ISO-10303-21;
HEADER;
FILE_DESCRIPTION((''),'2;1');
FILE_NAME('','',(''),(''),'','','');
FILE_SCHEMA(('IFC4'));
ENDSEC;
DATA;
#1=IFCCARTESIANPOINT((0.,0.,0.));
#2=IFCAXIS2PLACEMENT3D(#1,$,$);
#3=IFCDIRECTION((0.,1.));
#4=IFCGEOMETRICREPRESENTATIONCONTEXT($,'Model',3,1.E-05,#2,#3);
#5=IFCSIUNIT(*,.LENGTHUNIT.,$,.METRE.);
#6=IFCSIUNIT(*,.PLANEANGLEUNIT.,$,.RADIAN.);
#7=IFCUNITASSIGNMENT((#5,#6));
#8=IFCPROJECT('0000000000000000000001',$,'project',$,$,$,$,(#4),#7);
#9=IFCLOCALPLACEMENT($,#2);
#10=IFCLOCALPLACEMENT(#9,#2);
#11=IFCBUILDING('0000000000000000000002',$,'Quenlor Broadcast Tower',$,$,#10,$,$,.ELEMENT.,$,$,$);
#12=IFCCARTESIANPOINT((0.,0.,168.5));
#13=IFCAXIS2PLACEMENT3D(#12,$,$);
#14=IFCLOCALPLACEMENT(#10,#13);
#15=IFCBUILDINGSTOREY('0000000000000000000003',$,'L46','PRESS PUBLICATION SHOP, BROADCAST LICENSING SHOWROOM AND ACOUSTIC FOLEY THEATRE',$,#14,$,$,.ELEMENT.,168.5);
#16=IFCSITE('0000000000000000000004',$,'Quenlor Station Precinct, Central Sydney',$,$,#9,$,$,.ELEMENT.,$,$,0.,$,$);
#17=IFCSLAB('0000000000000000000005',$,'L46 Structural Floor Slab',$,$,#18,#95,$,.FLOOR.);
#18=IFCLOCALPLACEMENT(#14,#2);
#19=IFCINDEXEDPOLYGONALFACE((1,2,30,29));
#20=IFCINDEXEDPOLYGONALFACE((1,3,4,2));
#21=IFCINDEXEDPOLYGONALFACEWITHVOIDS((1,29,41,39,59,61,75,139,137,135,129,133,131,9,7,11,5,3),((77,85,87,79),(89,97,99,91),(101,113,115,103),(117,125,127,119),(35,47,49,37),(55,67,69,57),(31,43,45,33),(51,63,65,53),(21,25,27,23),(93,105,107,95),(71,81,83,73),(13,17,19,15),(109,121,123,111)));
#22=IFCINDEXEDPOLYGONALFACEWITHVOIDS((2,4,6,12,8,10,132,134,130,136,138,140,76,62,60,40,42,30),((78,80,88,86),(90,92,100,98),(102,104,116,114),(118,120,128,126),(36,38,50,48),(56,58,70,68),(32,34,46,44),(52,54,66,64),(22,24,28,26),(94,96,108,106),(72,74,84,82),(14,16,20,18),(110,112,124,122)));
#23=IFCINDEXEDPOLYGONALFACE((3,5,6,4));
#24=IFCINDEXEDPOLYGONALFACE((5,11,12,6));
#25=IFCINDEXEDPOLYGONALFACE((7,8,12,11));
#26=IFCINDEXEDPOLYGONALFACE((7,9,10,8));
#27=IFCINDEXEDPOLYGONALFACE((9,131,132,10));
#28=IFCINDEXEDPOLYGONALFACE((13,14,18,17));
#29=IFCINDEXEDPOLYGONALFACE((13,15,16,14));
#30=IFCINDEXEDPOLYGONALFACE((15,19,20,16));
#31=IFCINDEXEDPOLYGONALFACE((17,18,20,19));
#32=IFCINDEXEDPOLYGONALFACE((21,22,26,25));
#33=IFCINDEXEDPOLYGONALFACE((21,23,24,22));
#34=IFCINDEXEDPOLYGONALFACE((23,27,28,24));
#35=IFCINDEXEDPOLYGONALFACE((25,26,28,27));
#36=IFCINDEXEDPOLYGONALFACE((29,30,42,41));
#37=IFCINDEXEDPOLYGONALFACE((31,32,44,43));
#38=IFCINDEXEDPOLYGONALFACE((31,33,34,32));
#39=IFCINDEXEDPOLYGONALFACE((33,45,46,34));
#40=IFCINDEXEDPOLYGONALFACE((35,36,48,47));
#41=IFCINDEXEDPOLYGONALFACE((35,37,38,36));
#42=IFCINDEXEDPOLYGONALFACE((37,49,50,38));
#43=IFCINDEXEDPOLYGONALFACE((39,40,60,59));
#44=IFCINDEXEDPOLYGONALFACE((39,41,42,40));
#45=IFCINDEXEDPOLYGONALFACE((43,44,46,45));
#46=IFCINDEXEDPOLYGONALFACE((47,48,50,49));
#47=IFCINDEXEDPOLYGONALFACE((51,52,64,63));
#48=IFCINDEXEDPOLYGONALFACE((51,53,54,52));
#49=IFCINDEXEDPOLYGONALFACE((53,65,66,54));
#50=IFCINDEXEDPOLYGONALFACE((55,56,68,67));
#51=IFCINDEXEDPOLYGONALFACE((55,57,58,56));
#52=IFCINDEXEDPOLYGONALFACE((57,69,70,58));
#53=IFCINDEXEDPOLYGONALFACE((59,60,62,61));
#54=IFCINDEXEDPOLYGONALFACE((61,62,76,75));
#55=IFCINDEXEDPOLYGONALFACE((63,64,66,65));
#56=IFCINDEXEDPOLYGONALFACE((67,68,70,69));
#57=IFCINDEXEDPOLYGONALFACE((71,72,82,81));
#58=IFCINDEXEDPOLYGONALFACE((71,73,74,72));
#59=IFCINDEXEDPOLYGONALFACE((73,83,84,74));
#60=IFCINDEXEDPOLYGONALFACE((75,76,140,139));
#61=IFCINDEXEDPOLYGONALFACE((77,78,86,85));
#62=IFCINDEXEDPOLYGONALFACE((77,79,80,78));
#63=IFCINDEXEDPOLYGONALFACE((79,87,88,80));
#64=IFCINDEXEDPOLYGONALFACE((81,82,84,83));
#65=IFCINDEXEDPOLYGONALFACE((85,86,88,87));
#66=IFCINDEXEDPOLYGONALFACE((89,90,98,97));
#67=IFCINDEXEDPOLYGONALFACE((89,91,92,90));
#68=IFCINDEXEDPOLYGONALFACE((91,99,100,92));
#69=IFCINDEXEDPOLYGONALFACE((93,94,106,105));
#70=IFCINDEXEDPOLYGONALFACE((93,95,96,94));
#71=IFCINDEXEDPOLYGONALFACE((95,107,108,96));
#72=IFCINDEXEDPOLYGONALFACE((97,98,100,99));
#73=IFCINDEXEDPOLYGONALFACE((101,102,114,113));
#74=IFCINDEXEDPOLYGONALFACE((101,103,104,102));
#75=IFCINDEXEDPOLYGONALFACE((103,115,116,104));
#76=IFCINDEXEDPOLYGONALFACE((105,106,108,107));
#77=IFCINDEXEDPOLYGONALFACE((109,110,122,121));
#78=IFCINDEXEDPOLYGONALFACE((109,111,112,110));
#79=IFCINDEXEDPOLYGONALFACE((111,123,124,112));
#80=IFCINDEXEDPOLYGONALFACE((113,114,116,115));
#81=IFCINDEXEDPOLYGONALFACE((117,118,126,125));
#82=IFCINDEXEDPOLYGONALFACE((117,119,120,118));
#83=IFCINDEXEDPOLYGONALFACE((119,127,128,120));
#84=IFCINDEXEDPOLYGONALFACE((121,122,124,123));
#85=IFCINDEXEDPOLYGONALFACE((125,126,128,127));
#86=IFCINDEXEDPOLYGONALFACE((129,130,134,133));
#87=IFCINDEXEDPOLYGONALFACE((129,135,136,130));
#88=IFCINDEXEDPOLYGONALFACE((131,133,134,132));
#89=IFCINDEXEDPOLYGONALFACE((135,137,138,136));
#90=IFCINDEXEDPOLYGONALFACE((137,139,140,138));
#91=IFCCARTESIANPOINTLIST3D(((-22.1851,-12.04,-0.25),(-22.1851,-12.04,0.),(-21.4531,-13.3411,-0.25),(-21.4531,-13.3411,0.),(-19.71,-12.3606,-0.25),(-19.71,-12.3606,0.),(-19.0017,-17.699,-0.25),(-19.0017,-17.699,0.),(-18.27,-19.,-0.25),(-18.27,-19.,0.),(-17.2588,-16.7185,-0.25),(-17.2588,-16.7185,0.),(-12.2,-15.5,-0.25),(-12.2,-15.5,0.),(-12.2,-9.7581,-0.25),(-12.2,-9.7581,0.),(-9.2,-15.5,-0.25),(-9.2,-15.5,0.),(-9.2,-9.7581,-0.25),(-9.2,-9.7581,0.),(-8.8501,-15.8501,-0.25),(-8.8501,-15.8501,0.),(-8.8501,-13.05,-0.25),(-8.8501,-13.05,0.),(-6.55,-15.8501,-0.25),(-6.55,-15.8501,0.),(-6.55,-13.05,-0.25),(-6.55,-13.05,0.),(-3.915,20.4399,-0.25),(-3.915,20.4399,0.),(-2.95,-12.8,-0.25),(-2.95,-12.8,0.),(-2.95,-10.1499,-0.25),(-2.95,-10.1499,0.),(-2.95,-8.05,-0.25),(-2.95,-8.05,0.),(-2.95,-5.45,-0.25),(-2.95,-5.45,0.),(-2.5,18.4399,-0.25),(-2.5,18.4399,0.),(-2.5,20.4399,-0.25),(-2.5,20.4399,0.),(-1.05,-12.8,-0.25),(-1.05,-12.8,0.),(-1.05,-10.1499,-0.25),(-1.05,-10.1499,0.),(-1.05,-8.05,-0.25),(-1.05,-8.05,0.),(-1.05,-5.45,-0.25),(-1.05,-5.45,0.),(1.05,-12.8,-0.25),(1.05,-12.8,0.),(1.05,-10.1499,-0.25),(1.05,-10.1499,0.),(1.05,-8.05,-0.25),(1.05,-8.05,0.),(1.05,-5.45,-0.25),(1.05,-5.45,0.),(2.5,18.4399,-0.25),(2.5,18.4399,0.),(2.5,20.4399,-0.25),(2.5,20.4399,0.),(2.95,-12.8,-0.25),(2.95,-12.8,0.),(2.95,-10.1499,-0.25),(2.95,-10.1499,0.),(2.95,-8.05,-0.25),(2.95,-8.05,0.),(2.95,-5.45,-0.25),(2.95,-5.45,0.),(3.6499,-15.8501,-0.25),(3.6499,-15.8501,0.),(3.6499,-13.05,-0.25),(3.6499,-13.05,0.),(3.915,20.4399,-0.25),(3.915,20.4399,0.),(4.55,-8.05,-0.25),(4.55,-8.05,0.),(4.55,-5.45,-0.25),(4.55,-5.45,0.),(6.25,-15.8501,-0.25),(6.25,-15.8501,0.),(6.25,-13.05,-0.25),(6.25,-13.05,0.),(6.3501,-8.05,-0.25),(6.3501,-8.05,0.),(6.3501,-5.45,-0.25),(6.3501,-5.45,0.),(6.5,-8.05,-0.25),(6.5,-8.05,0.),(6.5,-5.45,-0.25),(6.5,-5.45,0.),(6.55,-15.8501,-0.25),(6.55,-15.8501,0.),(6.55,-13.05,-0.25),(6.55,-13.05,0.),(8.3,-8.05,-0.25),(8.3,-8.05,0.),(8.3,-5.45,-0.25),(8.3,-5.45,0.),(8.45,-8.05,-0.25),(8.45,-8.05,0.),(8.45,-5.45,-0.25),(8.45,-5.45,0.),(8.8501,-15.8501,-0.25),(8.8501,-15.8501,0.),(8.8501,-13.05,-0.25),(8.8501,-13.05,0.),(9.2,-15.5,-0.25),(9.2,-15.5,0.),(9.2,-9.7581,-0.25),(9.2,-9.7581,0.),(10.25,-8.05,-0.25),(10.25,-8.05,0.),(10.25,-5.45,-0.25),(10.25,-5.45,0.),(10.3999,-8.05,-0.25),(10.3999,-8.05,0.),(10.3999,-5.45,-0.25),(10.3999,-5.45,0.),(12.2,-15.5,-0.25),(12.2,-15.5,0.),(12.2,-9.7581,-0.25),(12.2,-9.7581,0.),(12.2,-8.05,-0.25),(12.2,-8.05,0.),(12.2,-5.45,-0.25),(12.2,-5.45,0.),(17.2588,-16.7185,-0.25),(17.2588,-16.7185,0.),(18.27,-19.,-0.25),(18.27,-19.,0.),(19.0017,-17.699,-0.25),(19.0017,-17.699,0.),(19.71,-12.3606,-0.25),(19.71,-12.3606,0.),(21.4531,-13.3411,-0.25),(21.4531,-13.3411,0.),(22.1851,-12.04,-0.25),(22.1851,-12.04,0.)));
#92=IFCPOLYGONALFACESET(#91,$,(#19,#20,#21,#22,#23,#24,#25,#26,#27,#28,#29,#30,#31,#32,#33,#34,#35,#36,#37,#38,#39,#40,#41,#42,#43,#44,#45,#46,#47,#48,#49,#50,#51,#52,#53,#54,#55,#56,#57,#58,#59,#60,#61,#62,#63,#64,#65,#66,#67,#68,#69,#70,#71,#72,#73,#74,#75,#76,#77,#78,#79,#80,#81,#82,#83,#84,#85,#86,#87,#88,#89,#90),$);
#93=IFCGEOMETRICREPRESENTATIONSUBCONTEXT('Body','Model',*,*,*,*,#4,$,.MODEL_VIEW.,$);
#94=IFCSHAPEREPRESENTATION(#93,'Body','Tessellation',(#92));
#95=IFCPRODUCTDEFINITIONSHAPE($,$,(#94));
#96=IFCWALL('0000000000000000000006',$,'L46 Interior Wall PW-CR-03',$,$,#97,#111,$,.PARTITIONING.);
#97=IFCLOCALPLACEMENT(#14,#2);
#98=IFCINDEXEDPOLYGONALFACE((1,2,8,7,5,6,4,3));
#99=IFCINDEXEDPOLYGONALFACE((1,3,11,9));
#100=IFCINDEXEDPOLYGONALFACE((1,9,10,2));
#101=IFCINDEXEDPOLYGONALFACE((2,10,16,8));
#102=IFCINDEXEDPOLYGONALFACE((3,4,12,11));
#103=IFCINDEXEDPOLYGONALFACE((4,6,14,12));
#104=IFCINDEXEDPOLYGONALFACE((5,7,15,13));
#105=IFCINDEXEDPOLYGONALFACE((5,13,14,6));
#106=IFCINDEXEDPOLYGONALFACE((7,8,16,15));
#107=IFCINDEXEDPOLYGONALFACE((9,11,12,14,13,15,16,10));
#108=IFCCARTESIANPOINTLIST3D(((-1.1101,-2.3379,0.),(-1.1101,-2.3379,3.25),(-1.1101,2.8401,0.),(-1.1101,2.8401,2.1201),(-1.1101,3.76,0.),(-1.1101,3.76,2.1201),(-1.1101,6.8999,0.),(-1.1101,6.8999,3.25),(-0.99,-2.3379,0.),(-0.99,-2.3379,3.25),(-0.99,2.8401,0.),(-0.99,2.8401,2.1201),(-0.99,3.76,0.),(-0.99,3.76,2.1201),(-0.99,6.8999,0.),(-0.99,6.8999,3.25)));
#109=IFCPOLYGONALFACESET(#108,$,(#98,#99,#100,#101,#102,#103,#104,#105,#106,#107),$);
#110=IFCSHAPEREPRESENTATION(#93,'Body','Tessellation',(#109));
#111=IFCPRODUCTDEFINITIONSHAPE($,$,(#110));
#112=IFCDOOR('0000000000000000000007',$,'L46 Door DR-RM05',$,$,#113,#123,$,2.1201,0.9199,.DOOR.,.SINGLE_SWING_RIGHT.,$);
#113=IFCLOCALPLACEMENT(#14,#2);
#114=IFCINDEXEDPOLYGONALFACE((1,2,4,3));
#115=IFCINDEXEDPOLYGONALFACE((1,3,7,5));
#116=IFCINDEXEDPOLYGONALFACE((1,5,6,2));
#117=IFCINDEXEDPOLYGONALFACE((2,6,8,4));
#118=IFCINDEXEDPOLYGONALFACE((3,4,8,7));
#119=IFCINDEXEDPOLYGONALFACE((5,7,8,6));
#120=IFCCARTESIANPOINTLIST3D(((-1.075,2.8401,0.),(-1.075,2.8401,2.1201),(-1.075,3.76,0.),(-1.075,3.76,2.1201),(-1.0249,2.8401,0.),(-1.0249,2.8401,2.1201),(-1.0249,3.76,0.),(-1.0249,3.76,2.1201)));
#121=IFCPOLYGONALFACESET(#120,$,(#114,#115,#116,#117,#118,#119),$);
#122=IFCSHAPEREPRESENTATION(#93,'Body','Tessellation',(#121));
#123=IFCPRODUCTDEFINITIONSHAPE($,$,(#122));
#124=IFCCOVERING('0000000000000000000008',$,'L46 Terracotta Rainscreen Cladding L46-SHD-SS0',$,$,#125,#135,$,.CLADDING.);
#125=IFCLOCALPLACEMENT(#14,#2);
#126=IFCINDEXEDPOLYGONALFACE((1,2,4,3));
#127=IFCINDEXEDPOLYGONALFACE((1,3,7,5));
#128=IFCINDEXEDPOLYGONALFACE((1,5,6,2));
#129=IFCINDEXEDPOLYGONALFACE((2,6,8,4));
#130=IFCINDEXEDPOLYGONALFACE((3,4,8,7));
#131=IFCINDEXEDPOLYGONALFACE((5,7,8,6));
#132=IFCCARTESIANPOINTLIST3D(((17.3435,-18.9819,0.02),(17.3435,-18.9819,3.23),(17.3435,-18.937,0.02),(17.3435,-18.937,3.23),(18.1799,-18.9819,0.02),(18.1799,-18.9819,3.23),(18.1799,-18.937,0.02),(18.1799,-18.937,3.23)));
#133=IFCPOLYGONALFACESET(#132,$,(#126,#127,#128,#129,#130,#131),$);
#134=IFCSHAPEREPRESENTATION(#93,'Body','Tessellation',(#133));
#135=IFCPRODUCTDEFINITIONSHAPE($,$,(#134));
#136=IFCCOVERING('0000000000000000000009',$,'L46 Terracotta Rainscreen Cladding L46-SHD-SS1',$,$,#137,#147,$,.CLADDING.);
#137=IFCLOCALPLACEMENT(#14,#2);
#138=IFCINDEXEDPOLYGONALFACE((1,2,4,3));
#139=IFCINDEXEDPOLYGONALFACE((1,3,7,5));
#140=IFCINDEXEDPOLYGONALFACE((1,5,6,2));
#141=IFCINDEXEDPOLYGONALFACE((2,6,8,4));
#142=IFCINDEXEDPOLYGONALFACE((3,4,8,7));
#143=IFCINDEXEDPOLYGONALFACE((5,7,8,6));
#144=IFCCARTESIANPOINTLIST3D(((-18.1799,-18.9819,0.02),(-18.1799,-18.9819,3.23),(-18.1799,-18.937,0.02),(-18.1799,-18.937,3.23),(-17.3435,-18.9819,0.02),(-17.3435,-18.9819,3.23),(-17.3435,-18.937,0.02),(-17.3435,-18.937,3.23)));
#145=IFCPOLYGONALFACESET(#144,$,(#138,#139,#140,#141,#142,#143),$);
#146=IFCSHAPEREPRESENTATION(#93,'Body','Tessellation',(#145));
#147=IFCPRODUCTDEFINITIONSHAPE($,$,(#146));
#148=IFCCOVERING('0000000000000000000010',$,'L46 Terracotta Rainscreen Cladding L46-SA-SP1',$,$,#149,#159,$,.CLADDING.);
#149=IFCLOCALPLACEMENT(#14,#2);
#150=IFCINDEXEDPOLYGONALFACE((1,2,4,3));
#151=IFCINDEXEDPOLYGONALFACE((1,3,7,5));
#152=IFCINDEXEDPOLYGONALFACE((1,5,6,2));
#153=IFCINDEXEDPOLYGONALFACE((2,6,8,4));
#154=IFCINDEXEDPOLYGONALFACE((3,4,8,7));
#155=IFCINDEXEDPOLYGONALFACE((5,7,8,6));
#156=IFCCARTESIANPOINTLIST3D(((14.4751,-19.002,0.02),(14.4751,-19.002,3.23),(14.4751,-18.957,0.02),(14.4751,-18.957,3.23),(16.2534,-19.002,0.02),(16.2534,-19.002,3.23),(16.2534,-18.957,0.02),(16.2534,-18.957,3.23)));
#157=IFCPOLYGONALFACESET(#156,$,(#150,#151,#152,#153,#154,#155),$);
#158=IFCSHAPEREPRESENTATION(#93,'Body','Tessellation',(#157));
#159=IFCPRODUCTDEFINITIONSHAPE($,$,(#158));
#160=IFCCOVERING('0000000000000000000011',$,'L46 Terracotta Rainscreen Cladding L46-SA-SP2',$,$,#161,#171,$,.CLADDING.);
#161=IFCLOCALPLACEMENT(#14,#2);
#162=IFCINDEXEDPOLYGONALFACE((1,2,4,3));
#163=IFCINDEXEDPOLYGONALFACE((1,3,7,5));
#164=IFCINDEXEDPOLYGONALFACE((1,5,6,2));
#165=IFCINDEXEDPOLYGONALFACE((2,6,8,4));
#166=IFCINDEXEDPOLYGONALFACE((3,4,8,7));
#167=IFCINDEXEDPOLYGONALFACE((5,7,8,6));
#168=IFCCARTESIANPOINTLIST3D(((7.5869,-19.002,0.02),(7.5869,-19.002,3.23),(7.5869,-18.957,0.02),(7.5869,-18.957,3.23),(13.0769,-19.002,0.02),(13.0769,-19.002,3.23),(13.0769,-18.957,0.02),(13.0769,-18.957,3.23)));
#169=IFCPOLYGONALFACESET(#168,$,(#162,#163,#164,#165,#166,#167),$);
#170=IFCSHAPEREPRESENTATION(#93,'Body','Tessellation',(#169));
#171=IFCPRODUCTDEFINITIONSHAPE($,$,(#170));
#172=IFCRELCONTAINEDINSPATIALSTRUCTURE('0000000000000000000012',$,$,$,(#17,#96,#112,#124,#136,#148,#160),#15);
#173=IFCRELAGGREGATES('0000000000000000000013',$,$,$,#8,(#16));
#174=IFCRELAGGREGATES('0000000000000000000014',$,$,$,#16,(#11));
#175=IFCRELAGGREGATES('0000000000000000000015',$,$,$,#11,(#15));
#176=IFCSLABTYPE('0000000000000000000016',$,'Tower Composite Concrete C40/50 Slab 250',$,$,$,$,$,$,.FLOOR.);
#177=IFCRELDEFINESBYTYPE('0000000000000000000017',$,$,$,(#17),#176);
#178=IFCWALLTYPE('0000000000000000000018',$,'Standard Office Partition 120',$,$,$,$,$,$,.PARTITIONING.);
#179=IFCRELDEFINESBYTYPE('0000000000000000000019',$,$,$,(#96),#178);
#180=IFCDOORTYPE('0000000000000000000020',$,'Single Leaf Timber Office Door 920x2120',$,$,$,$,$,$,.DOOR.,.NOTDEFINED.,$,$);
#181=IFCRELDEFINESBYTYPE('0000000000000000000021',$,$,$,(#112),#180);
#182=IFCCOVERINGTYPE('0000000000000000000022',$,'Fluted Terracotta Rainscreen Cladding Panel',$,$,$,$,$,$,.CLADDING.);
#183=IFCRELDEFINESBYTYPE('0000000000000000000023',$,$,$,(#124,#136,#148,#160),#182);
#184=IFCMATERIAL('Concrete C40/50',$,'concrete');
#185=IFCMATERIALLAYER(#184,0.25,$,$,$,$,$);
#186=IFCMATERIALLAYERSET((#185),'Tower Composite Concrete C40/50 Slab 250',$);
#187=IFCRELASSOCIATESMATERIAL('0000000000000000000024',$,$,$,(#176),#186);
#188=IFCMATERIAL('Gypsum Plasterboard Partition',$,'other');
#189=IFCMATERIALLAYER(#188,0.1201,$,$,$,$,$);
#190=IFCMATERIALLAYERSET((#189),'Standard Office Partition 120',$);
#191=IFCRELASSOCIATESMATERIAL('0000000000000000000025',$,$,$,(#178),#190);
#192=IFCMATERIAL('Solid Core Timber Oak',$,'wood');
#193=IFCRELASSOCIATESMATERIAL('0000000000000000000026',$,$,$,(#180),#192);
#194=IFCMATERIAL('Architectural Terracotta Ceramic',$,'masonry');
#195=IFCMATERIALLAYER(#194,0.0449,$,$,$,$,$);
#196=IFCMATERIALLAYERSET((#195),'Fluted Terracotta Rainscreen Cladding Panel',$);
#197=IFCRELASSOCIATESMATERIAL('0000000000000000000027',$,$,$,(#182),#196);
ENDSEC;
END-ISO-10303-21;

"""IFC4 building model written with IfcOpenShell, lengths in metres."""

from ifc_helpers import new_model, si_unit, direction, frame, frame_2d, origin, place, context, subcontext, project, spatial, polyline, rectangle, outline, extrude, material, layer, layer_set, type_object, element, fill, save


model = new_model("IFC4")

# Units and contexts
model_context = context("Model", 3, precision=1e-05, world=origin(), true_north=direction((0.0, 1.0)))
body_context = subcontext(model_context, "Body", "Model", "MODEL_VIEW")
ifc_project = project(units=[si_unit("LENGTHUNIT", "METRE"), si_unit("PLANEANGLEUNIT", "RADIAN")], contexts=[model_context])

# Site, building, storey
site_placement = place(None, origin())
site = spatial("IfcSite", under=ifc_project, at=site_placement, Name="Quenlor Station Precinct, Central Sydney", CompositionType="ELEMENT", RefElevation=0.0)
building_placement = place(site_placement, origin())
building = spatial("IfcBuilding", under=site, at=building_placement, Name="Quenlor Broadcast Tower", CompositionType="ELEMENT")
storey_placement = place(building_placement, frame((0.0, 0.0, 168.5)))
storey = spatial("IfcBuildingStorey", under=building, at=storey_placement, Name="L46", Description="PRESS PUBLICATION SHOP, BROADCAST LICENSING SHOWROOM AND ACOUSTIC FOLEY THEATRE", CompositionType="ELEMENT", Elevation=168.5)

# Slab
ifc_material_1 = material(Name="Concrete C40/50", Category="concrete")
ifc_layer_1 = layer(ifc_material_1, 0.25)
ifc_layer_set_1 = layer_set([ifc_layer_1], Name="Tower Composite Concrete C40/50 Slab 250")
slab_type = type_object("IfcSlabType", Name="Tower Composite Concrete C40/50 Slab 250", PredefinedType="FLOOR", material=ifc_layer_set_1)
slab_placement = place(storey_placement, frame((0.0, 0.0, -0.25)))
element("IfcSlab", 1, at=slab_placement, inside=storey, type_object=slab_type, Name="L46 Structural Floor Slab", PredefinedType="FLOOR", context=body_context, shape_type="SweptSolid", body=[
    extrude(outline(polyline([(18.27, -19.0), (19.0017, -17.699), (17.2588, -16.7185), (19.71, -12.3606), (21.4531, -13.3411), (22.1851, -12.04), (3.915, 20.4399), (2.5, 20.4399), (2.5, 18.4399), (-2.5, 18.4399), (-2.5, 20.4399), (-3.915, 20.4399), (-22.1851, -12.04), (-21.4531, -13.3411), (-19.71, -12.3606), (-17.2588, -16.7185), (-19.0017, -17.699), (-18.27, -19.0), (18.27, -19.0)]), holes=[polyline([(-12.2, -9.7581), (-12.2, -15.5), (-9.2, -15.5), (-9.2, -9.7581), (-12.2, -9.7581)]), polyline([(9.2, -9.7581), (9.2, -15.5), (12.2, -15.5), (12.2, -9.7581), (9.2, -9.7581)]), polyline([(-2.95, -8.05), (-1.05, -8.05), (-1.05, -5.45), (-2.95, -5.45), (-2.95, -8.05)]), polyline([(1.05, -8.05), (2.95, -8.05), (2.95, -5.45), (1.05, -5.45), (1.05, -8.05)]), polyline([(-2.95, -12.8), (-1.05, -12.8), (-1.05, -10.1499), (-2.95, -10.1499), (-2.95, -12.8)]), polyline([(1.05, -12.8), (2.95, -12.8), (2.95, -10.1499), (1.05, -10.1499), (1.05, -12.8)]), polyline([(4.55, -8.05), (6.3501, -8.05), (6.3501, -5.45), (4.55, -5.45), (4.55, -8.05)]), polyline([(6.5, -8.05), (8.3, -8.05), (8.3, -5.45), (6.5, -5.45), (6.5, -8.05)]), polyline([(8.45, -8.05), (10.25, -8.05), (10.25, -5.45), (8.45, -5.45), (8.45, -8.05)]), polyline([(10.3999, -8.05), (12.2, -8.05), (12.2, -5.45), (10.3999, -5.45), (10.3999, -8.05)]), polyline([(-8.8501, -15.8501), (-6.55, -15.8501), (-6.55, -13.05), (-8.8501, -13.05), (-8.8501, -15.8501)]), polyline([(6.55, -15.8501), (8.8501, -15.8501), (8.8501, -13.05), (6.55, -13.05), (6.55, -15.8501)]), polyline([(3.6499, -15.8501), (6.25, -15.8501), (6.25, -13.05), (3.6499, -13.05), (3.6499, -15.8501)])]), origin(), (0.0, 0.0, 1.0), 0.25),
])

# Wall, opening, door
ifc_material_2 = material(Name="Gypsum Plasterboard Partition", Category="other")
ifc_layer_2 = layer(ifc_material_2, 0.1201)
ifc_layer_set_2 = layer_set([ifc_layer_2], Name="Standard Office Partition 120")
wall_type = type_object("IfcWallType", Name="Standard Office Partition 120", PredefinedType="PARTITIONING", material=ifc_layer_set_2)
wall_placement = place(storey_placement, frame((-1.05, -2.3379, 0.0), z_axis=(0.0, 0.0, 1.0), x_axis=(0.0, 1.0, 0.0)))
wall = element("IfcWall", 2, at=wall_placement, inside=storey, type_object=wall_type, Name="L46 Interior Wall PW-CR-03", PredefinedType="PARTITIONING", context=body_context, shape_type="SweptSolid", body=[
    extrude(rectangle(XDim=9.2378, YDim=0.1201, at=frame_2d((4.6189, 0.0))), origin(), (0.0, 0.0, 1.0), 3.25),
])
opening_placement = place(wall_placement, frame((5.178, 0.0, 0.0)))
opening = element("IfcOpeningElement", 3, at=opening_placement, cuts=wall, PredefinedType="OPENING", context=body_context, shape_type="SweptSolid", body=[
    extrude(rectangle(XDim=0.9199, YDim=2.1201, at=frame_2d((0.46, 1.0601))), frame((0.0, 0.0701, 0.0), z_axis=(0.0, -1.0, 0.0), x_axis=(1.0, 0.0, 0.0)), (0.0, 0.0, 1.0), 0.1401),
])
ifc_material_3 = material(Name="Solid Core Timber Oak", Category="wood")
door_type = type_object("IfcDoorType", Name="Single Leaf Timber Office Door 920x2120", OperationType="NOTDEFINED", PredefinedType="DOOR", material=ifc_material_3)
door_placement = place(opening_placement, origin())
door = element("IfcDoor", 4, at=door_placement, inside=storey, type_object=door_type, Name="L46 Door DR-RM05", OperationType="SINGLE_SWING_RIGHT", OverallHeight=2.1201, OverallWidth=0.9199, PredefinedType="DOOR", context=body_context, shape_type="SweptSolid", body=[
    extrude(rectangle(XDim=0.9199, YDim=2.1201, at=frame_2d((0.46, 1.0601))), frame((0.0, 0.0249, 0.0), z_axis=(0.0, -1.0, 0.0), x_axis=(1.0, 0.0, 0.0)), (0.0, 0.0, 1.0), 0.05),
])
fill(opening, door)

# Coverings
ifc_material_4 = material(Name="Architectural Terracotta Ceramic", Category="masonry")
ifc_layer_3 = layer(ifc_material_4, 0.0449)
ifc_layer_set_3 = layer_set([ifc_layer_3], Name="Fluted Terracotta Rainscreen Cladding Panel")
covering_type = type_object("IfcCoveringType", Name="Fluted Terracotta Rainscreen Cladding Panel", PredefinedType="CLADDING", material=ifc_layer_set_3)
covering_1_placement = place(storey_placement, frame((0.0, 0.0, 0.02)))
element("IfcCovering", 5, at=covering_1_placement, inside=storey, type_object=covering_type, Name="L46 Terracotta Rainscreen Cladding L46-SHD-SS0", PredefinedType="CLADDING", context=body_context, shape_type="SweptSolid", body=[
    extrude(outline(polyline([(18.1799, -18.937), (17.3435, -18.937), (17.3435, -18.9819), (18.1799, -18.9819), (18.1799, -18.937)])), origin(), (0.0, 0.0, 1.0), 3.21),
])
covering_2_placement = place(storey_placement, frame((0.0, 0.0, 0.02)))
element("IfcCovering", 6, at=covering_2_placement, inside=storey, type_object=covering_type, Name="L46 Terracotta Rainscreen Cladding L46-SHD-SS1", PredefinedType="CLADDING", context=body_context, shape_type="SweptSolid", body=[
    extrude(outline(polyline([(-17.3435, -18.937), (-18.1799, -18.937), (-18.1799, -18.9819), (-17.3435, -18.9819), (-17.3435, -18.937)])), origin(), (0.0, 0.0, 1.0), 3.21),
])
covering_3_placement = place(storey_placement, frame((0.0, 0.0, 0.02)))
element("IfcCovering", 7, at=covering_3_placement, inside=storey, type_object=covering_type, Name="L46 Terracotta Rainscreen Cladding L46-SA-SP1", PredefinedType="CLADDING", context=body_context, shape_type="SweptSolid", body=[
    extrude(outline(polyline([(16.2534, -18.957), (14.4751, -18.957), (14.4751, -19.002), (16.2534, -19.002), (16.2534, -18.957)])), origin(), (0.0, 0.0, 1.0), 3.21),
])
covering_4_placement = place(storey_placement, frame((0.0, 0.0, 0.02)))
element("IfcCovering", 8, at=covering_4_placement, inside=storey, type_object=covering_type, Name="L46 Terracotta Rainscreen Cladding L46-SA-SP2", PredefinedType="CLADDING", context=body_context, shape_type="SweptSolid", body=[
    extrude(outline(polyline([(13.0769, -18.957), (7.5869, -18.957), (7.5869, -19.002), (13.0769, -19.002), (13.0769, -18.957)])), origin(), (0.0, 0.0, 1.0), 3.21),
])

save(model, "model.ifc")
